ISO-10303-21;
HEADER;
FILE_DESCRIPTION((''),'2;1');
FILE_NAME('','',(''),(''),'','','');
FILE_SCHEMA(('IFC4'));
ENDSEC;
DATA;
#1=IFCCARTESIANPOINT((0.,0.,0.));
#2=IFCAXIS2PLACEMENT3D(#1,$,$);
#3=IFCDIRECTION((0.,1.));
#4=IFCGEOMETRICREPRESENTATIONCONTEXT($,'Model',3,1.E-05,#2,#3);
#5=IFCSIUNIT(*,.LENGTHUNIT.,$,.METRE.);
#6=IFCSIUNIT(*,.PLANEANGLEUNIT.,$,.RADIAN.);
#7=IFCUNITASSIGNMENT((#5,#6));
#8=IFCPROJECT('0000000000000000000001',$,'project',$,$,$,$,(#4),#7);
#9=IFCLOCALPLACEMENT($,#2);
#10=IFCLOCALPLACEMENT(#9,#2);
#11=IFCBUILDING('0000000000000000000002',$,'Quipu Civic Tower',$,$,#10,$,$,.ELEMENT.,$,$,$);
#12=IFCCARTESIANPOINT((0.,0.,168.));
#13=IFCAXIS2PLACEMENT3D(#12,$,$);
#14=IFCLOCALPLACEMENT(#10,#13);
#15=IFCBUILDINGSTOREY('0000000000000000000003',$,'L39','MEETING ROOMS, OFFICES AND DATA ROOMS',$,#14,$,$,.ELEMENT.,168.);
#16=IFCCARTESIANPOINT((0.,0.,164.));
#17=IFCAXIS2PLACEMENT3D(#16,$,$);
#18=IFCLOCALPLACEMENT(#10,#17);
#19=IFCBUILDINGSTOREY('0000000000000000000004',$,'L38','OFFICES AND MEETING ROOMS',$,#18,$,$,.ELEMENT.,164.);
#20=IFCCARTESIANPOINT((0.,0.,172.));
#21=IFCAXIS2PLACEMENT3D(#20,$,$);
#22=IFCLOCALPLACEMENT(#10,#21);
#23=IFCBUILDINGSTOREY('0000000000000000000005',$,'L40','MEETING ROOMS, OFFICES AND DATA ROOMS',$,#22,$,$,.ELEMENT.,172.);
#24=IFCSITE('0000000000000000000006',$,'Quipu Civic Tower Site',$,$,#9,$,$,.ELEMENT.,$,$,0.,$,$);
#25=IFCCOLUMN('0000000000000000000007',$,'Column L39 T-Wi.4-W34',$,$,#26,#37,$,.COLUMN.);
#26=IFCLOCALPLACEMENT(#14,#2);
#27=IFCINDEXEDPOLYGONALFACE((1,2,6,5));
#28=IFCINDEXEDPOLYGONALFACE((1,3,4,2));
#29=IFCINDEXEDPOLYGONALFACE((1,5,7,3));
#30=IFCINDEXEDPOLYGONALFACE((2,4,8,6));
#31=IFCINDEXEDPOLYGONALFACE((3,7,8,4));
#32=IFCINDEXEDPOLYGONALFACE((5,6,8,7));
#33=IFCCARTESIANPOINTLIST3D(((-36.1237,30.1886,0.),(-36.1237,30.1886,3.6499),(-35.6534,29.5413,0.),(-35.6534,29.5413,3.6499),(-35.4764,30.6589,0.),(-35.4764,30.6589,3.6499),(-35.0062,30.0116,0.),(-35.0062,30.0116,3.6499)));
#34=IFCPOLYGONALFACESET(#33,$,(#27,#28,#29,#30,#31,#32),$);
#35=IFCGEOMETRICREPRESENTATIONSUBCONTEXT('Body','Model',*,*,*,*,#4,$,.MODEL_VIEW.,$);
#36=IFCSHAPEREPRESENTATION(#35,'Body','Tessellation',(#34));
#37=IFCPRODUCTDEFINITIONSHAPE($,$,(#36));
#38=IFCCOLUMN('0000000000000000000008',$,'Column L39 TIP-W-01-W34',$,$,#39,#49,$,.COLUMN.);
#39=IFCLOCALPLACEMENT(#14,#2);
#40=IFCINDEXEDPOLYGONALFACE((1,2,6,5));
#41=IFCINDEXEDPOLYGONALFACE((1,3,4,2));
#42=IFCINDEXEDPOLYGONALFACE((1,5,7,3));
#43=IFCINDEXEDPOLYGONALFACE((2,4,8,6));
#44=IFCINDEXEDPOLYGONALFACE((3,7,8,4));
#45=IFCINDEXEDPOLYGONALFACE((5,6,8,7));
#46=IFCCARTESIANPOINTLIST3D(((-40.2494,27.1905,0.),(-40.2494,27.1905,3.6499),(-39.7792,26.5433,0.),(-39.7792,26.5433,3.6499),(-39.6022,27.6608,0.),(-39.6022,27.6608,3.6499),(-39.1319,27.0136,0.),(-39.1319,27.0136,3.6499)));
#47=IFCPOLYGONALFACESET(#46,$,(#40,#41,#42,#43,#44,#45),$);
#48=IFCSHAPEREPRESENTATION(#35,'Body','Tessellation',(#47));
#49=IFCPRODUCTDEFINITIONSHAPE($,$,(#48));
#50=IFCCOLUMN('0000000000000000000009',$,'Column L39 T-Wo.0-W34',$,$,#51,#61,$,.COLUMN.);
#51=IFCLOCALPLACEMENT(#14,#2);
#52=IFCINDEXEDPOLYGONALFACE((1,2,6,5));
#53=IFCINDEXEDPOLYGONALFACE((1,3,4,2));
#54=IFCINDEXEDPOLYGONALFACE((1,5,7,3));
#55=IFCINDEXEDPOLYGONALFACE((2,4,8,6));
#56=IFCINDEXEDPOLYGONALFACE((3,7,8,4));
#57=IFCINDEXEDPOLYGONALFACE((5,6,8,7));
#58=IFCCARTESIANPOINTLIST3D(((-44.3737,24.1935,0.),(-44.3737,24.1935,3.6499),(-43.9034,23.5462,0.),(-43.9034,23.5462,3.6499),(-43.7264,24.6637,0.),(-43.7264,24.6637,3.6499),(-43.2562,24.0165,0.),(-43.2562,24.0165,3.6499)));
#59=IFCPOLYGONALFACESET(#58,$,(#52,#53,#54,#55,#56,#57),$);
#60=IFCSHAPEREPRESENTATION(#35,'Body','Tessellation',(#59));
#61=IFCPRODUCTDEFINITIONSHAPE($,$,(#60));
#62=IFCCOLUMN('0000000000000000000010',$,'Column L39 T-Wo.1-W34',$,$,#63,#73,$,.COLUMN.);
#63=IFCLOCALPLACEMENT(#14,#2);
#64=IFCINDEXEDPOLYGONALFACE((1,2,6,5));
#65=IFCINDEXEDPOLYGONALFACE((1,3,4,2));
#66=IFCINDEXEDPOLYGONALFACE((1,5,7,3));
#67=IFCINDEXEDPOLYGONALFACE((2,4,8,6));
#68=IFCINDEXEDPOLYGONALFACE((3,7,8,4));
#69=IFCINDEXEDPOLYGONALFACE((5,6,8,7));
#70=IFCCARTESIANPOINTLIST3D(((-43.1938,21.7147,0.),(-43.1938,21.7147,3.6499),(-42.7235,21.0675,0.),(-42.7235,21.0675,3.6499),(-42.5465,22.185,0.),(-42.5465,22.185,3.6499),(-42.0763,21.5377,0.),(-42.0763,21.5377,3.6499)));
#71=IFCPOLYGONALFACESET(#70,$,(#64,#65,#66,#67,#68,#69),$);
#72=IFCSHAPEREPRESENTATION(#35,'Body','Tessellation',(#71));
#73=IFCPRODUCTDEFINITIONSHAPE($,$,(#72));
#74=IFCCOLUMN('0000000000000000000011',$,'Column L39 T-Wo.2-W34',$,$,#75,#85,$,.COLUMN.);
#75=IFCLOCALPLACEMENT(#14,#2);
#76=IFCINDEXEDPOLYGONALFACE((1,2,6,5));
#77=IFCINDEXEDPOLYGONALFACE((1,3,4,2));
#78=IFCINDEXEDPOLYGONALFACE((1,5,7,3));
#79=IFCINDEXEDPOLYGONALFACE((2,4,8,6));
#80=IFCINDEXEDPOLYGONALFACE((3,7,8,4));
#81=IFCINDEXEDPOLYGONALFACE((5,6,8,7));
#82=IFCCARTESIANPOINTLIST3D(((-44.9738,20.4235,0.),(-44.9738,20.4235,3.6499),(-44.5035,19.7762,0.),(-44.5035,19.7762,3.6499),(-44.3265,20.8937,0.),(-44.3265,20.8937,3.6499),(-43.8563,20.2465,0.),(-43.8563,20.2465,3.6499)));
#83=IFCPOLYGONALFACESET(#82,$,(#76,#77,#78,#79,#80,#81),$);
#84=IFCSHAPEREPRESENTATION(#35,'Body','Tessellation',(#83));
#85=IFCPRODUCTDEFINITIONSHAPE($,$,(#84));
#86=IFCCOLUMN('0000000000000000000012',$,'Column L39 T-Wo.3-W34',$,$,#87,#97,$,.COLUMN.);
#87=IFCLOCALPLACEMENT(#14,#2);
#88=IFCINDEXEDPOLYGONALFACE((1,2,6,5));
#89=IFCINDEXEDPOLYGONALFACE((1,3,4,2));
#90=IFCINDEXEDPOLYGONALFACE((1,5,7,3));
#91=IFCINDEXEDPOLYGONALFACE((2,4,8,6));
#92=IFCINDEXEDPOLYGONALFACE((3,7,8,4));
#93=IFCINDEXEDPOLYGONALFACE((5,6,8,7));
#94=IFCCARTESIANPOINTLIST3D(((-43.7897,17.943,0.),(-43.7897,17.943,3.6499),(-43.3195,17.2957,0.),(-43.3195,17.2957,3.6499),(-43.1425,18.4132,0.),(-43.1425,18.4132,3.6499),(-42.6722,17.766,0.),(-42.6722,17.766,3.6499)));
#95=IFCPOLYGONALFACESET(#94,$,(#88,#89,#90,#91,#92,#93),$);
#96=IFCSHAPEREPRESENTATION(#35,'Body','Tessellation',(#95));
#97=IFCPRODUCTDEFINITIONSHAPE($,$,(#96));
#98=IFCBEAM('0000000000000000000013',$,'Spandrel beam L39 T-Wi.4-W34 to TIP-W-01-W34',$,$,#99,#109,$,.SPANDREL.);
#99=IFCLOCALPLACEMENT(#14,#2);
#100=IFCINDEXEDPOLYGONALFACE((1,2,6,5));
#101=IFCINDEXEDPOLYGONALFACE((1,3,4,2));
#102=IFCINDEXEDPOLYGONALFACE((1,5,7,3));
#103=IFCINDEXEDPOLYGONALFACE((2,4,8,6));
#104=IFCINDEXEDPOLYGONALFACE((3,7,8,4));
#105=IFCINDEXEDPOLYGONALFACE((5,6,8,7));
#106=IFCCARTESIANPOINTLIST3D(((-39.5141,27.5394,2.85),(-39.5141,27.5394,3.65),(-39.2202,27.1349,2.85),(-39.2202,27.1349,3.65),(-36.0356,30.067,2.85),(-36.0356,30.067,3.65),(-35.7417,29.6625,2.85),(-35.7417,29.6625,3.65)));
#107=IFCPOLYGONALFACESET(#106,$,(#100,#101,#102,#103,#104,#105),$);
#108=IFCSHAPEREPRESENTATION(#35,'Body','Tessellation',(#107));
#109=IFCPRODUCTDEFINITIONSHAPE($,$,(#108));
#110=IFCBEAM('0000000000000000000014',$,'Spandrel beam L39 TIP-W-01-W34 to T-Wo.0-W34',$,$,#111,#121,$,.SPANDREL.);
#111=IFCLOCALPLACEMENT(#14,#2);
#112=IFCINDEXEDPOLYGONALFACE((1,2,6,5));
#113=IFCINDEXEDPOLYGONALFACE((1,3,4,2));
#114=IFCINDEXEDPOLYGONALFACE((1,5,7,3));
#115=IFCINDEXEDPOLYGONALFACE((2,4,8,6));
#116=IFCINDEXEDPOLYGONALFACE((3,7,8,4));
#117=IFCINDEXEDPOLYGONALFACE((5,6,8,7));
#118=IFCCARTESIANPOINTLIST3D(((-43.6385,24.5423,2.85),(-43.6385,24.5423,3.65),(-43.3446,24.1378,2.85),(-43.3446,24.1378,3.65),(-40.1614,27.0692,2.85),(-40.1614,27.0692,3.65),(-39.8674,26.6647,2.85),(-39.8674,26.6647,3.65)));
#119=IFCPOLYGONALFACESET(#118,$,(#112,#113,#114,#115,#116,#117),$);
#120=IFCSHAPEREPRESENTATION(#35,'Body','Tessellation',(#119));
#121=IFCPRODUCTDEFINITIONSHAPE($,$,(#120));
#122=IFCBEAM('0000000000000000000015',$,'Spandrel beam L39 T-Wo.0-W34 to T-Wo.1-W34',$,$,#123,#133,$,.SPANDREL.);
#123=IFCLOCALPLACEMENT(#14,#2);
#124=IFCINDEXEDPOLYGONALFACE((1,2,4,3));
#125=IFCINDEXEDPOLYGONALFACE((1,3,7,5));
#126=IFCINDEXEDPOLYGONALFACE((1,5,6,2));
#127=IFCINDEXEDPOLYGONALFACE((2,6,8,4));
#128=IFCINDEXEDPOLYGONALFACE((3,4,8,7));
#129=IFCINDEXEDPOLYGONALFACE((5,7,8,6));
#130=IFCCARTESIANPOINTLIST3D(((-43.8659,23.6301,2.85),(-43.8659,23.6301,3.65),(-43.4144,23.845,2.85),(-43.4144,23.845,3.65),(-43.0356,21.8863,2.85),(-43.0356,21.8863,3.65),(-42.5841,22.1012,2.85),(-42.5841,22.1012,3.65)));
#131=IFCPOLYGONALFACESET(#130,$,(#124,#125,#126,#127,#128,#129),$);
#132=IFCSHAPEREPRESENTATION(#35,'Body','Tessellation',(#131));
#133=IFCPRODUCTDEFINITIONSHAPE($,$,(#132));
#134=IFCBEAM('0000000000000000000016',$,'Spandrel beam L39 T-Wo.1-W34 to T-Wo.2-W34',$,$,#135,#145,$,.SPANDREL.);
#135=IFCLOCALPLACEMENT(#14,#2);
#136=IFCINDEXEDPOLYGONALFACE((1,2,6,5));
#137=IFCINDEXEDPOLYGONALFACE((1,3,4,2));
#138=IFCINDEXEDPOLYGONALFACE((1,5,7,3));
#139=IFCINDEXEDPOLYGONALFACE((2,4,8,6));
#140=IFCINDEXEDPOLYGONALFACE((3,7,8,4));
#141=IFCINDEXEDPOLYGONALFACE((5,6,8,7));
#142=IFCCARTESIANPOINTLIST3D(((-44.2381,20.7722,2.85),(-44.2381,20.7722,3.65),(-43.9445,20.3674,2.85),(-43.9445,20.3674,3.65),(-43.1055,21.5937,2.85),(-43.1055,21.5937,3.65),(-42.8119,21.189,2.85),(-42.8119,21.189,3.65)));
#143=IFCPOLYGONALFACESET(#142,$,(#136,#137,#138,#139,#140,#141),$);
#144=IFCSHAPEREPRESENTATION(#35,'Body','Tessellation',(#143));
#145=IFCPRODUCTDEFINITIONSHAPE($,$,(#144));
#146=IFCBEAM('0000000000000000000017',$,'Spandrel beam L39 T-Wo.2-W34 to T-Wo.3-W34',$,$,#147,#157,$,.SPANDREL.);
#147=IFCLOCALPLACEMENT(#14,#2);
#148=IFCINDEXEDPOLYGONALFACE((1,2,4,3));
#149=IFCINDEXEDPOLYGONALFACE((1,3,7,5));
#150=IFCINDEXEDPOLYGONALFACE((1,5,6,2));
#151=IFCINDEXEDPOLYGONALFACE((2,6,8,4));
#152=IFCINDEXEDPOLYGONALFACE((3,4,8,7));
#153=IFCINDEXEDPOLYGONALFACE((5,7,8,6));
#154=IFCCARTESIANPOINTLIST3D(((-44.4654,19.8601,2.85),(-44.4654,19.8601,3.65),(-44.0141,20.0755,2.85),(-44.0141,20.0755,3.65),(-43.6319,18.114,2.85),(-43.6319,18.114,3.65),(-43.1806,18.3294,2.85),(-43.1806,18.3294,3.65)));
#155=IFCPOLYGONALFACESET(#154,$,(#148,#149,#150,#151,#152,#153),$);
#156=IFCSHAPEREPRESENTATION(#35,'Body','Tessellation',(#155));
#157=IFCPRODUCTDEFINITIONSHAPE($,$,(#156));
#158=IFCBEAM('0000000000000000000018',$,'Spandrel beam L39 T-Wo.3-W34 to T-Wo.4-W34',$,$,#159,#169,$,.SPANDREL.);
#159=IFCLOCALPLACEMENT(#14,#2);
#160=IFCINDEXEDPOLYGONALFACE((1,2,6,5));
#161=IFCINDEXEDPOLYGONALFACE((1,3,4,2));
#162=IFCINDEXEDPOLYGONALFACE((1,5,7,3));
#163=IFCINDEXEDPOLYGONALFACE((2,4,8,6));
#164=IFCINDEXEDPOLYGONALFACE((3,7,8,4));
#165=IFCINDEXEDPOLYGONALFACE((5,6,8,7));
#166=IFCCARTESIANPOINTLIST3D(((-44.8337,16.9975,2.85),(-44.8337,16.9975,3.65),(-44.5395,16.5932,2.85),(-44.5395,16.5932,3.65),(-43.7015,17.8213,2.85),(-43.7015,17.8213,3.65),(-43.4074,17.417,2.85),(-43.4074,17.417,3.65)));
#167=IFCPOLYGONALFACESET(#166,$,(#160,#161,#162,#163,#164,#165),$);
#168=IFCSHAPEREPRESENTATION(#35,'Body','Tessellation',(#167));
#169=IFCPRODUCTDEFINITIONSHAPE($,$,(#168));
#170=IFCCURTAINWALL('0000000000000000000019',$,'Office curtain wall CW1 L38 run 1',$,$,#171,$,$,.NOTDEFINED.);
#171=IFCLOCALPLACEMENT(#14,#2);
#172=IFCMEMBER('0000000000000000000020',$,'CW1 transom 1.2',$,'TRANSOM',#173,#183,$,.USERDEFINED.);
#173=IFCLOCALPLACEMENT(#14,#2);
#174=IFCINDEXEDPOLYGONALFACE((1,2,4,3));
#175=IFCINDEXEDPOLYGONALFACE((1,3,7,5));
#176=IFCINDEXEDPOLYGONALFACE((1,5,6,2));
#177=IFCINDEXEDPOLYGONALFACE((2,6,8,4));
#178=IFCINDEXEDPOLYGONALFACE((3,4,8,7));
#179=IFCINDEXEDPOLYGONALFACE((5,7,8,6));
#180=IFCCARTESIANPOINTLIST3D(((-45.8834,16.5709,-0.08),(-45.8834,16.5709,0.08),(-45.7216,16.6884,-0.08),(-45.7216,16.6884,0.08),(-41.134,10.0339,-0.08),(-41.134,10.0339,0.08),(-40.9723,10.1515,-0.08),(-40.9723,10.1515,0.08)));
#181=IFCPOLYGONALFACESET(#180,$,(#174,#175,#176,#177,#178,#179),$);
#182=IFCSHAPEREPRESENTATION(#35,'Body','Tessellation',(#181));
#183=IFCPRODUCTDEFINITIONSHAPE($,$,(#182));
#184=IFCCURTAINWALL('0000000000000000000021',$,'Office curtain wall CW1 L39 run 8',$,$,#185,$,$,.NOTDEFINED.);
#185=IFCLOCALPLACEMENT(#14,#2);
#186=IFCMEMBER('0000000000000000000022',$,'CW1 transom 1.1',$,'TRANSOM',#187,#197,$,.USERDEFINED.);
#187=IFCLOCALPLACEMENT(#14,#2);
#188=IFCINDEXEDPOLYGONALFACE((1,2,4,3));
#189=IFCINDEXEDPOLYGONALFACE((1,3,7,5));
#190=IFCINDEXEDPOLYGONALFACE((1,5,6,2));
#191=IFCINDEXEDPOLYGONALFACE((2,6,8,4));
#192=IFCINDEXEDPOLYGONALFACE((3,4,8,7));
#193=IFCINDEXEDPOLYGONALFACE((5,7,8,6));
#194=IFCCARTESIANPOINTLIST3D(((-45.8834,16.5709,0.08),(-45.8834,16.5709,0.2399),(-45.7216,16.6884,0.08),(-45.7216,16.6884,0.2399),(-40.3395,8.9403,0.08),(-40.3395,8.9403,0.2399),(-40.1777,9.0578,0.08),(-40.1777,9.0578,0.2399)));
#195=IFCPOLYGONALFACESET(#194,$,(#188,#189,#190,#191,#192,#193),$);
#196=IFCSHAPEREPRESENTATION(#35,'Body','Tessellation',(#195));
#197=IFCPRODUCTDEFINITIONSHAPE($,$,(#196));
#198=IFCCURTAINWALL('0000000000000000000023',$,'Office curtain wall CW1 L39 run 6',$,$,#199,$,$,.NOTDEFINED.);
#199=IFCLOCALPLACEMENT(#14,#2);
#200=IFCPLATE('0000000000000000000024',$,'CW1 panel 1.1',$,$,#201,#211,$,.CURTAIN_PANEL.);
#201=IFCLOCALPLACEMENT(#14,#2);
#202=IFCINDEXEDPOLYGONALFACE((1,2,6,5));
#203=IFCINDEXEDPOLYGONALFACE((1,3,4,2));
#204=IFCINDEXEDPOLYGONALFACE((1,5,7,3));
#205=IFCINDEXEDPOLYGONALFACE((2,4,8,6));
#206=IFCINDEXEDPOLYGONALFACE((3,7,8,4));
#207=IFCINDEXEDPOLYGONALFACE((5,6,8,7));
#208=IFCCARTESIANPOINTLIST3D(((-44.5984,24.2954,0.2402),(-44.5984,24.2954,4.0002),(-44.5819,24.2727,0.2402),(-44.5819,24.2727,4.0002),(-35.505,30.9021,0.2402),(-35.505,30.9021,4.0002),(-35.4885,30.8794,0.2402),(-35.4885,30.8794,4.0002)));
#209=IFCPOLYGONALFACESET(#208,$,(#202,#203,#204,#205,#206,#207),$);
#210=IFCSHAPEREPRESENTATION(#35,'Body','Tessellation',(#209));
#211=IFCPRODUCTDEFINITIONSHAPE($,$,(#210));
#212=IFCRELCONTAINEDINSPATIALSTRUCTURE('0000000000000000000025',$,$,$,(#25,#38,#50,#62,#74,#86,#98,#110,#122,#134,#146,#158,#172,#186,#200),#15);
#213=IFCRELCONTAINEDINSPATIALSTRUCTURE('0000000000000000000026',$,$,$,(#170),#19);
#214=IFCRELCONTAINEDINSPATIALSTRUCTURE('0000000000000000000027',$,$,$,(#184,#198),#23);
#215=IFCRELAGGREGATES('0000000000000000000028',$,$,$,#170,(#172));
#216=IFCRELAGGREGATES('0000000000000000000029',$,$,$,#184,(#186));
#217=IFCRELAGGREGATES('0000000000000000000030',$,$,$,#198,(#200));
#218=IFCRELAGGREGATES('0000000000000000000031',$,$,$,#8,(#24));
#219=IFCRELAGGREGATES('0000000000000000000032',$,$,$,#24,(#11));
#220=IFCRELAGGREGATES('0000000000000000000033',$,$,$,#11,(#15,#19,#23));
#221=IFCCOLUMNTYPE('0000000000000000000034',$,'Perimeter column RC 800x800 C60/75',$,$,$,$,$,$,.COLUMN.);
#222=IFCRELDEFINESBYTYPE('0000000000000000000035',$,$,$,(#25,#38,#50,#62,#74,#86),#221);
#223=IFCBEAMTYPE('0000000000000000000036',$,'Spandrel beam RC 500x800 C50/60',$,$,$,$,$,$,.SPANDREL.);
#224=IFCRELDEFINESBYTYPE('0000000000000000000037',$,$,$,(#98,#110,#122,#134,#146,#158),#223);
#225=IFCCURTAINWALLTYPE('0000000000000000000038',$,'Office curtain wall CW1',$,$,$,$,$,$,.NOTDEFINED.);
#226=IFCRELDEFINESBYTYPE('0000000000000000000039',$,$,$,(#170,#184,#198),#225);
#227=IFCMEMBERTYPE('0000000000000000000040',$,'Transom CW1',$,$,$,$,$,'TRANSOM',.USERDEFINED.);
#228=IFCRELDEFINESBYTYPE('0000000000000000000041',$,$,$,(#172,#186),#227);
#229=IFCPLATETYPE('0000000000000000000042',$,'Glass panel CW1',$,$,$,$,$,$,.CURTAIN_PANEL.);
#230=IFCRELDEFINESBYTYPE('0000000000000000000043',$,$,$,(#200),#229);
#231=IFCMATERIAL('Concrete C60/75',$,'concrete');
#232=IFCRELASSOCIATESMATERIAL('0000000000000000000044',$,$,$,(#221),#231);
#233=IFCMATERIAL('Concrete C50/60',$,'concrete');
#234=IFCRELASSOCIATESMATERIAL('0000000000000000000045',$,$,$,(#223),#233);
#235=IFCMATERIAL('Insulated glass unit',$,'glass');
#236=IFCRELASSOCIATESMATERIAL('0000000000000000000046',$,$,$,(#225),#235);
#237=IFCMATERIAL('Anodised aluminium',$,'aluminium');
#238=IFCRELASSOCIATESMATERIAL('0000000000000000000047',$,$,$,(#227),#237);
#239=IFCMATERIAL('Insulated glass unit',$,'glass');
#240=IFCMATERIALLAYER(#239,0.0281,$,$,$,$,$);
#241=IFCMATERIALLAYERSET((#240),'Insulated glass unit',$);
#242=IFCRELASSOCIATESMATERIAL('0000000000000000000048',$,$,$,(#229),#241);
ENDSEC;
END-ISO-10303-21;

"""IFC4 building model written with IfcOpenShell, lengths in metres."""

from ifc_helpers import new_model, si_unit, direction, frame, origin, origin_2d, place, context, subcontext, project, spatial, rectangle, extrude, material, layer, layer_set, material_profile, profile_set, type_object, element, aggregate, save


model = new_model("IFC4")

# Units and contexts
model_context = context("Model", 3, precision=1e-05, world=origin(), true_north=direction((0.0, 1.0)))
body_context = subcontext(model_context, "Body", "Model", "MODEL_VIEW")
ifc_project = project(units=[si_unit("LENGTHUNIT", "METRE"), si_unit("PLANEANGLEUNIT", "RADIAN")], contexts=[model_context])

# Site, building, storey
site_placement = place(None, origin())
site = spatial("IfcSite", under=ifc_project, at=site_placement, Name="Quipu Civic Tower Site", CompositionType="ELEMENT", RefElevation=0.0)
building_placement = place(site_placement, origin())
building = spatial("IfcBuilding", under=site, at=building_placement, Name="Quipu Civic Tower", CompositionType="ELEMENT")
storey_1_placement = place(building_placement, frame((0.0, 0.0, 168.0)))
storey_1 = spatial("IfcBuildingStorey", under=building, at=storey_1_placement, Name="L39", Description="MEETING ROOMS, OFFICES AND DATA ROOMS", CompositionType="ELEMENT", Elevation=168.0)

# Columns
ifc_material_1 = material(Name="Concrete C60/75", Category="concrete")
ifc_material_profile_1 = material_profile(ifc_material_1, rectangle(XDim=0.8, YDim=0.8, at=origin_2d()), Name="RC800x800")
ifc_profile_set_1 = profile_set([ifc_material_profile_1], Name="Concrete C60/75")
column_type = type_object("IfcColumnType", Name="Perimeter column RC 800x800 C60/75", PredefinedType="COLUMN", material=ifc_profile_set_1)
for number, where, z_axis, x_axis, name in (
    (1, (-35.5649, 30.1001, 0.0), (0.0, 0.0, 1.0), (-0.809017, -0.587785, 0.0), "Column L39 T-Wi.4-W34"),
    (2, (-39.6907, 27.1021, 0.0), (0.0, 0.0, 1.0), (-0.809017, -0.587785, 0.0), "Column L39 TIP-W-01-W34"),
    (3, (-43.8149, 24.105, 0.0), (0.0, 0.0, 1.0), (-0.809017, -0.587785, 0.0), "Column L39 T-Wo.0-W34"),
    (4, (-42.635, 21.6262, 0.0), (0.0, 0.0, 1.0), (-0.809017, -0.587785, 0.0), "Column L39 T-Wo.1-W34"),
    (5, (-44.415, 20.335, 0.0), (0.0, 0.0, 1.0), (0.587785, -0.809017, 0.0), "Column L39 T-Wo.2-W34"),
    (6, (-43.231, 17.8545, 0.0), (0.0, 0.0, 1.0), (0.587785, -0.809017, 0.0), "Column L39 T-Wo.3-W34"),
):
    element("IfcColumn", number, at=place(storey_1_placement, frame(where, z_axis=z_axis, x_axis=x_axis)), inside=storey_1, type_object=column_type, Name=name, PredefinedType="COLUMN", context=body_context, shape_type="SweptSolid", body=[
        extrude(rectangle(XDim=0.8, YDim=0.8, at=origin_2d()), origin(), (0.0, 0.0, 1.0), 3.6499),
    ])

# Beams
ifc_material_2 = material(Name="Concrete C50/60", Category="concrete")
ifc_material_profile_2 = material_profile(ifc_material_2, rectangle(XDim=0.5, YDim=0.8, at=origin_2d()), Name="RC500x800")
ifc_profile_set_2 = profile_set([ifc_material_profile_2], Name="Concrete C50/60")
beam_type = type_object("IfcBeamType", Name="Spandrel beam RC 500x800 C50/60", PredefinedType="SPANDREL", material=ifc_profile_set_2)
beam_1_placement = place(storey_1_placement, frame((-35.8887, 29.8647, 3.25), z_axis=(-0.808984, -0.587831, 0.0), x_axis=(0.587831, -0.808984, 0.0)))
element("IfcBeam", 7, at=beam_1_placement, inside=storey_1, type_object=beam_type, Name="Spandrel beam L39 T-Wi.4-W34 to TIP-W-01-W34", PredefinedType="SPANDREL", context=body_context, shape_type="SweptSolid", body=[
    extrude(rectangle(XDim=0.5, YDim=0.8, at=origin_2d()), origin(), (0.0, 0.0, 1.0), 4.2998),
])
beam_2_placement = place(storey_1_placement, frame((-40.0144, 26.8669, 3.25), z_axis=(-0.808947, -0.587881, 0.0), x_axis=(0.587881, -0.808947, 0.0)))
element("IfcBeam", 8, at=beam_2_placement, inside=storey_1, type_object=beam_type, Name="Spandrel beam L39 TIP-W-01-W34 to T-Wo.0-W34", PredefinedType="SPANDREL", context=body_context, shape_type="SweptSolid", body=[
    extrude(rectangle(XDim=0.5, YDim=0.8, at=origin_2d()), origin(), (0.0, 0.0, 1.0), 4.2983),
])
beam_3_placement = place(storey_1_placement, frame((-43.6401, 23.7375, 3.25), z_axis=(0.429889, -0.902882, 0.0), x_axis=(0.902882, 0.429889, 0.0)))
element("IfcBeam", 9, at=beam_3_placement, inside=storey_1, type_object=beam_type, Name="Spandrel beam L39 T-Wo.0-W34 to T-Wo.1-W34", PredefinedType="SPANDREL", context=body_context, shape_type="SweptSolid", body=[
    extrude(rectangle(XDim=0.5, YDim=0.8, at=origin_2d()), origin(), (0.0, 0.0, 1.0), 1.9314),
])
beam_4_placement = place(storey_1_placement, frame((-42.9587, 21.3914, 3.25), z_axis=(-0.809467, -0.587165, 0.0), x_axis=(0.587165, -0.809467, 0.0)))
element("IfcBeam", 10, at=beam_4_placement, inside=storey_1, type_object=beam_type, Name="Spandrel beam L39 T-Wo.1-W34 to T-Wo.2-W34", PredefinedType="SPANDREL", context=body_context, shape_type="SweptSolid", body=[
    extrude(rectangle(XDim=0.5, YDim=0.8, at=origin_2d()), origin(), (0.0, 0.0, 1.0), 1.3992),
])
beam_5_placement = place(storey_1_placement, frame((-44.2397, 19.9678, 3.25), z_axis=(0.430786, -0.902454, 0.0), x_axis=(0.902454, 0.430786, 0.0)))
element("IfcBeam", 11, at=beam_5_placement, inside=storey_1, type_object=beam_type, Name="Spandrel beam L39 T-Wo.2-W34 to T-Wo.3-W34", PredefinedType="SPANDREL", context=body_context, shape_type="SweptSolid", body=[
    extrude(rectangle(XDim=0.5, YDim=0.8, at=origin_2d()), origin(), (0.0, 0.0, 1.0), 1.9348),
])
beam_6_placement = place(storey_1_placement, frame((-43.5544, 17.6191, 3.25), z_axis=(-0.8086, -0.588358, 0.0), x_axis=(0.588358, -0.8086, 0.0)))
element("IfcBeam", 12, at=beam_6_placement, inside=storey_1, type_object=beam_type, Name="Spandrel beam L39 T-Wo.3-W34 to T-Wo.4-W34", PredefinedType="SPANDREL", context=body_context, shape_type="SweptSolid", body=[
    extrude(rectangle(XDim=0.5, YDim=0.8, at=origin_2d()), origin(), (0.0, 0.0, 1.0), 1.4001),
])

# Shared definitions
storey_2_placement = place(building_placement, frame((0.0, 0.0, 164.0)))
storey_2 = spatial("IfcBuildingStorey", under=building, at=storey_2_placement, Name="L38", Description="OFFICES AND MEETING ROOMS", CompositionType="ELEMENT", Elevation=164.0)

# Curtain wall, member
ifc_material_3 = material(Name="Insulated glass unit", Category="glass")
curtain_wall_type = type_object("IfcCurtainWallType", Name="Office curtain wall CW1", PredefinedType="NOTDEFINED", material=ifc_material_3)
curtain_wall_1_placement = place(storey_2_placement, origin())
curtain_wall_1 = element("IfcCurtainWall", 13, at=curtain_wall_1_placement, inside=storey_2, type_object=curtain_wall_type, Name="Office curtain wall CW1 L38 run 1", PredefinedType="NOTDEFINED")
ifc_material_4 = material(Name="Anodised aluminium", Category="aluminium")
ifc_material_profile_3 = material_profile(ifc_material_4, rectangle(XDim=0.2, YDim=0.1599, at=origin_2d()), Name="RECT 200x160")
ifc_profile_set_3 = profile_set([ifc_material_profile_3], Name="Anodised aluminium")
member_type = type_object("IfcMemberType", Name="Transom CW1", ElementType="TRANSOM", PredefinedType="USERDEFINED", material=ifc_profile_set_3)
member_1_placement = place(storey_1_placement, frame((-45.8025, 16.6296, 0.0), z_axis=(0.587782, -0.80902, 0.0), x_axis=(0.80902, 0.587782, 0.0)))
member_1 = element("IfcMember", 14, at=member_1_placement, inside=storey_1, type_object=member_type, Name="CW1 transom 1.2", ObjectType="TRANSOM", PredefinedType="USERDEFINED", context=body_context, shape_type="SweptSolid", body=[
    extrude(rectangle(XDim=0.2, YDim=0.1599, at=origin_2d()), origin(), (0.0, 0.0, 1.0), 8.0801),
])
aggregate(curtain_wall_1, [member_1])

# Shared definitions
storey_3_placement = place(building_placement, frame((0.0, 0.0, 172.0)))
storey_3 = spatial("IfcBuildingStorey", under=building, at=storey_3_placement, Name="L40", Description="MEETING ROOMS, OFFICES AND DATA ROOMS", CompositionType="ELEMENT", Elevation=172.0)

# Curtain wall, member
curtain_wall_2_placement = place(storey_3_placement, origin())
curtain_wall_2 = element("IfcCurtainWall", 15, at=curtain_wall_2_placement, inside=storey_3, type_object=curtain_wall_type, Name="Office curtain wall CW1 L39 run 8", PredefinedType="NOTDEFINED")
member_2_placement = place(storey_1_placement, frame((-45.8025, 16.6296, 0.1599), z_axis=(0.587784, -0.809018, 0.0), x_axis=(0.809018, 0.587784, 0.0)))
member_2 = element("IfcMember", 16, at=member_2_placement, inside=storey_1, type_object=member_type, Name="CW1 transom 1.1", ObjectType="TRANSOM", PredefinedType="USERDEFINED", context=body_context, shape_type="SweptSolid", body=[
    extrude(rectangle(XDim=0.2, YDim=0.1599, at=origin_2d()), origin(), (0.0, 0.0, 1.0), 9.4319),
])
aggregate(curtain_wall_2, [member_2])

# Curtain wall, plate
curtain_wall_3_placement = place(storey_3_placement, origin())
curtain_wall_3 = element("IfcCurtainWall", 17, at=curtain_wall_3_placement, inside=storey_3, type_object=curtain_wall_type, Name="Office curtain wall CW1 L39 run 6", PredefinedType="NOTDEFINED")
ifc_material_5 = material(Name="Insulated glass unit", Category="glass")
ifc_layer = layer(ifc_material_5, 0.0281)
ifc_layer_set = layer_set([ifc_layer], Name="Insulated glass unit")
plate_type_1 = type_object("IfcPlateType", Name="Glass panel CW1", PredefinedType="CURTAIN_PANEL", material=ifc_layer_set)
plate_placement = place(storey_1_placement, frame((-40.0435, 27.5874, 0.2402), z_axis=(0.0, 0.0, 1.0), x_axis=(-0.809015, -0.587788, 0.0)))
plate = element("IfcPlate", 18, at=plate_placement, inside=storey_1, type_object=plate_type_1, Name="CW1 panel 1.1", PredefinedType="CURTAIN_PANEL", context=body_context, shape_type="SweptSolid", body=[
    extrude(rectangle(XDim=11.24, YDim=0.0281, at=origin_2d()), origin(), (0.0, 0.0, 1.0), 3.76),
])
aggregate(curtain_wall_3, [plate])

save(model, "model.ifc")
